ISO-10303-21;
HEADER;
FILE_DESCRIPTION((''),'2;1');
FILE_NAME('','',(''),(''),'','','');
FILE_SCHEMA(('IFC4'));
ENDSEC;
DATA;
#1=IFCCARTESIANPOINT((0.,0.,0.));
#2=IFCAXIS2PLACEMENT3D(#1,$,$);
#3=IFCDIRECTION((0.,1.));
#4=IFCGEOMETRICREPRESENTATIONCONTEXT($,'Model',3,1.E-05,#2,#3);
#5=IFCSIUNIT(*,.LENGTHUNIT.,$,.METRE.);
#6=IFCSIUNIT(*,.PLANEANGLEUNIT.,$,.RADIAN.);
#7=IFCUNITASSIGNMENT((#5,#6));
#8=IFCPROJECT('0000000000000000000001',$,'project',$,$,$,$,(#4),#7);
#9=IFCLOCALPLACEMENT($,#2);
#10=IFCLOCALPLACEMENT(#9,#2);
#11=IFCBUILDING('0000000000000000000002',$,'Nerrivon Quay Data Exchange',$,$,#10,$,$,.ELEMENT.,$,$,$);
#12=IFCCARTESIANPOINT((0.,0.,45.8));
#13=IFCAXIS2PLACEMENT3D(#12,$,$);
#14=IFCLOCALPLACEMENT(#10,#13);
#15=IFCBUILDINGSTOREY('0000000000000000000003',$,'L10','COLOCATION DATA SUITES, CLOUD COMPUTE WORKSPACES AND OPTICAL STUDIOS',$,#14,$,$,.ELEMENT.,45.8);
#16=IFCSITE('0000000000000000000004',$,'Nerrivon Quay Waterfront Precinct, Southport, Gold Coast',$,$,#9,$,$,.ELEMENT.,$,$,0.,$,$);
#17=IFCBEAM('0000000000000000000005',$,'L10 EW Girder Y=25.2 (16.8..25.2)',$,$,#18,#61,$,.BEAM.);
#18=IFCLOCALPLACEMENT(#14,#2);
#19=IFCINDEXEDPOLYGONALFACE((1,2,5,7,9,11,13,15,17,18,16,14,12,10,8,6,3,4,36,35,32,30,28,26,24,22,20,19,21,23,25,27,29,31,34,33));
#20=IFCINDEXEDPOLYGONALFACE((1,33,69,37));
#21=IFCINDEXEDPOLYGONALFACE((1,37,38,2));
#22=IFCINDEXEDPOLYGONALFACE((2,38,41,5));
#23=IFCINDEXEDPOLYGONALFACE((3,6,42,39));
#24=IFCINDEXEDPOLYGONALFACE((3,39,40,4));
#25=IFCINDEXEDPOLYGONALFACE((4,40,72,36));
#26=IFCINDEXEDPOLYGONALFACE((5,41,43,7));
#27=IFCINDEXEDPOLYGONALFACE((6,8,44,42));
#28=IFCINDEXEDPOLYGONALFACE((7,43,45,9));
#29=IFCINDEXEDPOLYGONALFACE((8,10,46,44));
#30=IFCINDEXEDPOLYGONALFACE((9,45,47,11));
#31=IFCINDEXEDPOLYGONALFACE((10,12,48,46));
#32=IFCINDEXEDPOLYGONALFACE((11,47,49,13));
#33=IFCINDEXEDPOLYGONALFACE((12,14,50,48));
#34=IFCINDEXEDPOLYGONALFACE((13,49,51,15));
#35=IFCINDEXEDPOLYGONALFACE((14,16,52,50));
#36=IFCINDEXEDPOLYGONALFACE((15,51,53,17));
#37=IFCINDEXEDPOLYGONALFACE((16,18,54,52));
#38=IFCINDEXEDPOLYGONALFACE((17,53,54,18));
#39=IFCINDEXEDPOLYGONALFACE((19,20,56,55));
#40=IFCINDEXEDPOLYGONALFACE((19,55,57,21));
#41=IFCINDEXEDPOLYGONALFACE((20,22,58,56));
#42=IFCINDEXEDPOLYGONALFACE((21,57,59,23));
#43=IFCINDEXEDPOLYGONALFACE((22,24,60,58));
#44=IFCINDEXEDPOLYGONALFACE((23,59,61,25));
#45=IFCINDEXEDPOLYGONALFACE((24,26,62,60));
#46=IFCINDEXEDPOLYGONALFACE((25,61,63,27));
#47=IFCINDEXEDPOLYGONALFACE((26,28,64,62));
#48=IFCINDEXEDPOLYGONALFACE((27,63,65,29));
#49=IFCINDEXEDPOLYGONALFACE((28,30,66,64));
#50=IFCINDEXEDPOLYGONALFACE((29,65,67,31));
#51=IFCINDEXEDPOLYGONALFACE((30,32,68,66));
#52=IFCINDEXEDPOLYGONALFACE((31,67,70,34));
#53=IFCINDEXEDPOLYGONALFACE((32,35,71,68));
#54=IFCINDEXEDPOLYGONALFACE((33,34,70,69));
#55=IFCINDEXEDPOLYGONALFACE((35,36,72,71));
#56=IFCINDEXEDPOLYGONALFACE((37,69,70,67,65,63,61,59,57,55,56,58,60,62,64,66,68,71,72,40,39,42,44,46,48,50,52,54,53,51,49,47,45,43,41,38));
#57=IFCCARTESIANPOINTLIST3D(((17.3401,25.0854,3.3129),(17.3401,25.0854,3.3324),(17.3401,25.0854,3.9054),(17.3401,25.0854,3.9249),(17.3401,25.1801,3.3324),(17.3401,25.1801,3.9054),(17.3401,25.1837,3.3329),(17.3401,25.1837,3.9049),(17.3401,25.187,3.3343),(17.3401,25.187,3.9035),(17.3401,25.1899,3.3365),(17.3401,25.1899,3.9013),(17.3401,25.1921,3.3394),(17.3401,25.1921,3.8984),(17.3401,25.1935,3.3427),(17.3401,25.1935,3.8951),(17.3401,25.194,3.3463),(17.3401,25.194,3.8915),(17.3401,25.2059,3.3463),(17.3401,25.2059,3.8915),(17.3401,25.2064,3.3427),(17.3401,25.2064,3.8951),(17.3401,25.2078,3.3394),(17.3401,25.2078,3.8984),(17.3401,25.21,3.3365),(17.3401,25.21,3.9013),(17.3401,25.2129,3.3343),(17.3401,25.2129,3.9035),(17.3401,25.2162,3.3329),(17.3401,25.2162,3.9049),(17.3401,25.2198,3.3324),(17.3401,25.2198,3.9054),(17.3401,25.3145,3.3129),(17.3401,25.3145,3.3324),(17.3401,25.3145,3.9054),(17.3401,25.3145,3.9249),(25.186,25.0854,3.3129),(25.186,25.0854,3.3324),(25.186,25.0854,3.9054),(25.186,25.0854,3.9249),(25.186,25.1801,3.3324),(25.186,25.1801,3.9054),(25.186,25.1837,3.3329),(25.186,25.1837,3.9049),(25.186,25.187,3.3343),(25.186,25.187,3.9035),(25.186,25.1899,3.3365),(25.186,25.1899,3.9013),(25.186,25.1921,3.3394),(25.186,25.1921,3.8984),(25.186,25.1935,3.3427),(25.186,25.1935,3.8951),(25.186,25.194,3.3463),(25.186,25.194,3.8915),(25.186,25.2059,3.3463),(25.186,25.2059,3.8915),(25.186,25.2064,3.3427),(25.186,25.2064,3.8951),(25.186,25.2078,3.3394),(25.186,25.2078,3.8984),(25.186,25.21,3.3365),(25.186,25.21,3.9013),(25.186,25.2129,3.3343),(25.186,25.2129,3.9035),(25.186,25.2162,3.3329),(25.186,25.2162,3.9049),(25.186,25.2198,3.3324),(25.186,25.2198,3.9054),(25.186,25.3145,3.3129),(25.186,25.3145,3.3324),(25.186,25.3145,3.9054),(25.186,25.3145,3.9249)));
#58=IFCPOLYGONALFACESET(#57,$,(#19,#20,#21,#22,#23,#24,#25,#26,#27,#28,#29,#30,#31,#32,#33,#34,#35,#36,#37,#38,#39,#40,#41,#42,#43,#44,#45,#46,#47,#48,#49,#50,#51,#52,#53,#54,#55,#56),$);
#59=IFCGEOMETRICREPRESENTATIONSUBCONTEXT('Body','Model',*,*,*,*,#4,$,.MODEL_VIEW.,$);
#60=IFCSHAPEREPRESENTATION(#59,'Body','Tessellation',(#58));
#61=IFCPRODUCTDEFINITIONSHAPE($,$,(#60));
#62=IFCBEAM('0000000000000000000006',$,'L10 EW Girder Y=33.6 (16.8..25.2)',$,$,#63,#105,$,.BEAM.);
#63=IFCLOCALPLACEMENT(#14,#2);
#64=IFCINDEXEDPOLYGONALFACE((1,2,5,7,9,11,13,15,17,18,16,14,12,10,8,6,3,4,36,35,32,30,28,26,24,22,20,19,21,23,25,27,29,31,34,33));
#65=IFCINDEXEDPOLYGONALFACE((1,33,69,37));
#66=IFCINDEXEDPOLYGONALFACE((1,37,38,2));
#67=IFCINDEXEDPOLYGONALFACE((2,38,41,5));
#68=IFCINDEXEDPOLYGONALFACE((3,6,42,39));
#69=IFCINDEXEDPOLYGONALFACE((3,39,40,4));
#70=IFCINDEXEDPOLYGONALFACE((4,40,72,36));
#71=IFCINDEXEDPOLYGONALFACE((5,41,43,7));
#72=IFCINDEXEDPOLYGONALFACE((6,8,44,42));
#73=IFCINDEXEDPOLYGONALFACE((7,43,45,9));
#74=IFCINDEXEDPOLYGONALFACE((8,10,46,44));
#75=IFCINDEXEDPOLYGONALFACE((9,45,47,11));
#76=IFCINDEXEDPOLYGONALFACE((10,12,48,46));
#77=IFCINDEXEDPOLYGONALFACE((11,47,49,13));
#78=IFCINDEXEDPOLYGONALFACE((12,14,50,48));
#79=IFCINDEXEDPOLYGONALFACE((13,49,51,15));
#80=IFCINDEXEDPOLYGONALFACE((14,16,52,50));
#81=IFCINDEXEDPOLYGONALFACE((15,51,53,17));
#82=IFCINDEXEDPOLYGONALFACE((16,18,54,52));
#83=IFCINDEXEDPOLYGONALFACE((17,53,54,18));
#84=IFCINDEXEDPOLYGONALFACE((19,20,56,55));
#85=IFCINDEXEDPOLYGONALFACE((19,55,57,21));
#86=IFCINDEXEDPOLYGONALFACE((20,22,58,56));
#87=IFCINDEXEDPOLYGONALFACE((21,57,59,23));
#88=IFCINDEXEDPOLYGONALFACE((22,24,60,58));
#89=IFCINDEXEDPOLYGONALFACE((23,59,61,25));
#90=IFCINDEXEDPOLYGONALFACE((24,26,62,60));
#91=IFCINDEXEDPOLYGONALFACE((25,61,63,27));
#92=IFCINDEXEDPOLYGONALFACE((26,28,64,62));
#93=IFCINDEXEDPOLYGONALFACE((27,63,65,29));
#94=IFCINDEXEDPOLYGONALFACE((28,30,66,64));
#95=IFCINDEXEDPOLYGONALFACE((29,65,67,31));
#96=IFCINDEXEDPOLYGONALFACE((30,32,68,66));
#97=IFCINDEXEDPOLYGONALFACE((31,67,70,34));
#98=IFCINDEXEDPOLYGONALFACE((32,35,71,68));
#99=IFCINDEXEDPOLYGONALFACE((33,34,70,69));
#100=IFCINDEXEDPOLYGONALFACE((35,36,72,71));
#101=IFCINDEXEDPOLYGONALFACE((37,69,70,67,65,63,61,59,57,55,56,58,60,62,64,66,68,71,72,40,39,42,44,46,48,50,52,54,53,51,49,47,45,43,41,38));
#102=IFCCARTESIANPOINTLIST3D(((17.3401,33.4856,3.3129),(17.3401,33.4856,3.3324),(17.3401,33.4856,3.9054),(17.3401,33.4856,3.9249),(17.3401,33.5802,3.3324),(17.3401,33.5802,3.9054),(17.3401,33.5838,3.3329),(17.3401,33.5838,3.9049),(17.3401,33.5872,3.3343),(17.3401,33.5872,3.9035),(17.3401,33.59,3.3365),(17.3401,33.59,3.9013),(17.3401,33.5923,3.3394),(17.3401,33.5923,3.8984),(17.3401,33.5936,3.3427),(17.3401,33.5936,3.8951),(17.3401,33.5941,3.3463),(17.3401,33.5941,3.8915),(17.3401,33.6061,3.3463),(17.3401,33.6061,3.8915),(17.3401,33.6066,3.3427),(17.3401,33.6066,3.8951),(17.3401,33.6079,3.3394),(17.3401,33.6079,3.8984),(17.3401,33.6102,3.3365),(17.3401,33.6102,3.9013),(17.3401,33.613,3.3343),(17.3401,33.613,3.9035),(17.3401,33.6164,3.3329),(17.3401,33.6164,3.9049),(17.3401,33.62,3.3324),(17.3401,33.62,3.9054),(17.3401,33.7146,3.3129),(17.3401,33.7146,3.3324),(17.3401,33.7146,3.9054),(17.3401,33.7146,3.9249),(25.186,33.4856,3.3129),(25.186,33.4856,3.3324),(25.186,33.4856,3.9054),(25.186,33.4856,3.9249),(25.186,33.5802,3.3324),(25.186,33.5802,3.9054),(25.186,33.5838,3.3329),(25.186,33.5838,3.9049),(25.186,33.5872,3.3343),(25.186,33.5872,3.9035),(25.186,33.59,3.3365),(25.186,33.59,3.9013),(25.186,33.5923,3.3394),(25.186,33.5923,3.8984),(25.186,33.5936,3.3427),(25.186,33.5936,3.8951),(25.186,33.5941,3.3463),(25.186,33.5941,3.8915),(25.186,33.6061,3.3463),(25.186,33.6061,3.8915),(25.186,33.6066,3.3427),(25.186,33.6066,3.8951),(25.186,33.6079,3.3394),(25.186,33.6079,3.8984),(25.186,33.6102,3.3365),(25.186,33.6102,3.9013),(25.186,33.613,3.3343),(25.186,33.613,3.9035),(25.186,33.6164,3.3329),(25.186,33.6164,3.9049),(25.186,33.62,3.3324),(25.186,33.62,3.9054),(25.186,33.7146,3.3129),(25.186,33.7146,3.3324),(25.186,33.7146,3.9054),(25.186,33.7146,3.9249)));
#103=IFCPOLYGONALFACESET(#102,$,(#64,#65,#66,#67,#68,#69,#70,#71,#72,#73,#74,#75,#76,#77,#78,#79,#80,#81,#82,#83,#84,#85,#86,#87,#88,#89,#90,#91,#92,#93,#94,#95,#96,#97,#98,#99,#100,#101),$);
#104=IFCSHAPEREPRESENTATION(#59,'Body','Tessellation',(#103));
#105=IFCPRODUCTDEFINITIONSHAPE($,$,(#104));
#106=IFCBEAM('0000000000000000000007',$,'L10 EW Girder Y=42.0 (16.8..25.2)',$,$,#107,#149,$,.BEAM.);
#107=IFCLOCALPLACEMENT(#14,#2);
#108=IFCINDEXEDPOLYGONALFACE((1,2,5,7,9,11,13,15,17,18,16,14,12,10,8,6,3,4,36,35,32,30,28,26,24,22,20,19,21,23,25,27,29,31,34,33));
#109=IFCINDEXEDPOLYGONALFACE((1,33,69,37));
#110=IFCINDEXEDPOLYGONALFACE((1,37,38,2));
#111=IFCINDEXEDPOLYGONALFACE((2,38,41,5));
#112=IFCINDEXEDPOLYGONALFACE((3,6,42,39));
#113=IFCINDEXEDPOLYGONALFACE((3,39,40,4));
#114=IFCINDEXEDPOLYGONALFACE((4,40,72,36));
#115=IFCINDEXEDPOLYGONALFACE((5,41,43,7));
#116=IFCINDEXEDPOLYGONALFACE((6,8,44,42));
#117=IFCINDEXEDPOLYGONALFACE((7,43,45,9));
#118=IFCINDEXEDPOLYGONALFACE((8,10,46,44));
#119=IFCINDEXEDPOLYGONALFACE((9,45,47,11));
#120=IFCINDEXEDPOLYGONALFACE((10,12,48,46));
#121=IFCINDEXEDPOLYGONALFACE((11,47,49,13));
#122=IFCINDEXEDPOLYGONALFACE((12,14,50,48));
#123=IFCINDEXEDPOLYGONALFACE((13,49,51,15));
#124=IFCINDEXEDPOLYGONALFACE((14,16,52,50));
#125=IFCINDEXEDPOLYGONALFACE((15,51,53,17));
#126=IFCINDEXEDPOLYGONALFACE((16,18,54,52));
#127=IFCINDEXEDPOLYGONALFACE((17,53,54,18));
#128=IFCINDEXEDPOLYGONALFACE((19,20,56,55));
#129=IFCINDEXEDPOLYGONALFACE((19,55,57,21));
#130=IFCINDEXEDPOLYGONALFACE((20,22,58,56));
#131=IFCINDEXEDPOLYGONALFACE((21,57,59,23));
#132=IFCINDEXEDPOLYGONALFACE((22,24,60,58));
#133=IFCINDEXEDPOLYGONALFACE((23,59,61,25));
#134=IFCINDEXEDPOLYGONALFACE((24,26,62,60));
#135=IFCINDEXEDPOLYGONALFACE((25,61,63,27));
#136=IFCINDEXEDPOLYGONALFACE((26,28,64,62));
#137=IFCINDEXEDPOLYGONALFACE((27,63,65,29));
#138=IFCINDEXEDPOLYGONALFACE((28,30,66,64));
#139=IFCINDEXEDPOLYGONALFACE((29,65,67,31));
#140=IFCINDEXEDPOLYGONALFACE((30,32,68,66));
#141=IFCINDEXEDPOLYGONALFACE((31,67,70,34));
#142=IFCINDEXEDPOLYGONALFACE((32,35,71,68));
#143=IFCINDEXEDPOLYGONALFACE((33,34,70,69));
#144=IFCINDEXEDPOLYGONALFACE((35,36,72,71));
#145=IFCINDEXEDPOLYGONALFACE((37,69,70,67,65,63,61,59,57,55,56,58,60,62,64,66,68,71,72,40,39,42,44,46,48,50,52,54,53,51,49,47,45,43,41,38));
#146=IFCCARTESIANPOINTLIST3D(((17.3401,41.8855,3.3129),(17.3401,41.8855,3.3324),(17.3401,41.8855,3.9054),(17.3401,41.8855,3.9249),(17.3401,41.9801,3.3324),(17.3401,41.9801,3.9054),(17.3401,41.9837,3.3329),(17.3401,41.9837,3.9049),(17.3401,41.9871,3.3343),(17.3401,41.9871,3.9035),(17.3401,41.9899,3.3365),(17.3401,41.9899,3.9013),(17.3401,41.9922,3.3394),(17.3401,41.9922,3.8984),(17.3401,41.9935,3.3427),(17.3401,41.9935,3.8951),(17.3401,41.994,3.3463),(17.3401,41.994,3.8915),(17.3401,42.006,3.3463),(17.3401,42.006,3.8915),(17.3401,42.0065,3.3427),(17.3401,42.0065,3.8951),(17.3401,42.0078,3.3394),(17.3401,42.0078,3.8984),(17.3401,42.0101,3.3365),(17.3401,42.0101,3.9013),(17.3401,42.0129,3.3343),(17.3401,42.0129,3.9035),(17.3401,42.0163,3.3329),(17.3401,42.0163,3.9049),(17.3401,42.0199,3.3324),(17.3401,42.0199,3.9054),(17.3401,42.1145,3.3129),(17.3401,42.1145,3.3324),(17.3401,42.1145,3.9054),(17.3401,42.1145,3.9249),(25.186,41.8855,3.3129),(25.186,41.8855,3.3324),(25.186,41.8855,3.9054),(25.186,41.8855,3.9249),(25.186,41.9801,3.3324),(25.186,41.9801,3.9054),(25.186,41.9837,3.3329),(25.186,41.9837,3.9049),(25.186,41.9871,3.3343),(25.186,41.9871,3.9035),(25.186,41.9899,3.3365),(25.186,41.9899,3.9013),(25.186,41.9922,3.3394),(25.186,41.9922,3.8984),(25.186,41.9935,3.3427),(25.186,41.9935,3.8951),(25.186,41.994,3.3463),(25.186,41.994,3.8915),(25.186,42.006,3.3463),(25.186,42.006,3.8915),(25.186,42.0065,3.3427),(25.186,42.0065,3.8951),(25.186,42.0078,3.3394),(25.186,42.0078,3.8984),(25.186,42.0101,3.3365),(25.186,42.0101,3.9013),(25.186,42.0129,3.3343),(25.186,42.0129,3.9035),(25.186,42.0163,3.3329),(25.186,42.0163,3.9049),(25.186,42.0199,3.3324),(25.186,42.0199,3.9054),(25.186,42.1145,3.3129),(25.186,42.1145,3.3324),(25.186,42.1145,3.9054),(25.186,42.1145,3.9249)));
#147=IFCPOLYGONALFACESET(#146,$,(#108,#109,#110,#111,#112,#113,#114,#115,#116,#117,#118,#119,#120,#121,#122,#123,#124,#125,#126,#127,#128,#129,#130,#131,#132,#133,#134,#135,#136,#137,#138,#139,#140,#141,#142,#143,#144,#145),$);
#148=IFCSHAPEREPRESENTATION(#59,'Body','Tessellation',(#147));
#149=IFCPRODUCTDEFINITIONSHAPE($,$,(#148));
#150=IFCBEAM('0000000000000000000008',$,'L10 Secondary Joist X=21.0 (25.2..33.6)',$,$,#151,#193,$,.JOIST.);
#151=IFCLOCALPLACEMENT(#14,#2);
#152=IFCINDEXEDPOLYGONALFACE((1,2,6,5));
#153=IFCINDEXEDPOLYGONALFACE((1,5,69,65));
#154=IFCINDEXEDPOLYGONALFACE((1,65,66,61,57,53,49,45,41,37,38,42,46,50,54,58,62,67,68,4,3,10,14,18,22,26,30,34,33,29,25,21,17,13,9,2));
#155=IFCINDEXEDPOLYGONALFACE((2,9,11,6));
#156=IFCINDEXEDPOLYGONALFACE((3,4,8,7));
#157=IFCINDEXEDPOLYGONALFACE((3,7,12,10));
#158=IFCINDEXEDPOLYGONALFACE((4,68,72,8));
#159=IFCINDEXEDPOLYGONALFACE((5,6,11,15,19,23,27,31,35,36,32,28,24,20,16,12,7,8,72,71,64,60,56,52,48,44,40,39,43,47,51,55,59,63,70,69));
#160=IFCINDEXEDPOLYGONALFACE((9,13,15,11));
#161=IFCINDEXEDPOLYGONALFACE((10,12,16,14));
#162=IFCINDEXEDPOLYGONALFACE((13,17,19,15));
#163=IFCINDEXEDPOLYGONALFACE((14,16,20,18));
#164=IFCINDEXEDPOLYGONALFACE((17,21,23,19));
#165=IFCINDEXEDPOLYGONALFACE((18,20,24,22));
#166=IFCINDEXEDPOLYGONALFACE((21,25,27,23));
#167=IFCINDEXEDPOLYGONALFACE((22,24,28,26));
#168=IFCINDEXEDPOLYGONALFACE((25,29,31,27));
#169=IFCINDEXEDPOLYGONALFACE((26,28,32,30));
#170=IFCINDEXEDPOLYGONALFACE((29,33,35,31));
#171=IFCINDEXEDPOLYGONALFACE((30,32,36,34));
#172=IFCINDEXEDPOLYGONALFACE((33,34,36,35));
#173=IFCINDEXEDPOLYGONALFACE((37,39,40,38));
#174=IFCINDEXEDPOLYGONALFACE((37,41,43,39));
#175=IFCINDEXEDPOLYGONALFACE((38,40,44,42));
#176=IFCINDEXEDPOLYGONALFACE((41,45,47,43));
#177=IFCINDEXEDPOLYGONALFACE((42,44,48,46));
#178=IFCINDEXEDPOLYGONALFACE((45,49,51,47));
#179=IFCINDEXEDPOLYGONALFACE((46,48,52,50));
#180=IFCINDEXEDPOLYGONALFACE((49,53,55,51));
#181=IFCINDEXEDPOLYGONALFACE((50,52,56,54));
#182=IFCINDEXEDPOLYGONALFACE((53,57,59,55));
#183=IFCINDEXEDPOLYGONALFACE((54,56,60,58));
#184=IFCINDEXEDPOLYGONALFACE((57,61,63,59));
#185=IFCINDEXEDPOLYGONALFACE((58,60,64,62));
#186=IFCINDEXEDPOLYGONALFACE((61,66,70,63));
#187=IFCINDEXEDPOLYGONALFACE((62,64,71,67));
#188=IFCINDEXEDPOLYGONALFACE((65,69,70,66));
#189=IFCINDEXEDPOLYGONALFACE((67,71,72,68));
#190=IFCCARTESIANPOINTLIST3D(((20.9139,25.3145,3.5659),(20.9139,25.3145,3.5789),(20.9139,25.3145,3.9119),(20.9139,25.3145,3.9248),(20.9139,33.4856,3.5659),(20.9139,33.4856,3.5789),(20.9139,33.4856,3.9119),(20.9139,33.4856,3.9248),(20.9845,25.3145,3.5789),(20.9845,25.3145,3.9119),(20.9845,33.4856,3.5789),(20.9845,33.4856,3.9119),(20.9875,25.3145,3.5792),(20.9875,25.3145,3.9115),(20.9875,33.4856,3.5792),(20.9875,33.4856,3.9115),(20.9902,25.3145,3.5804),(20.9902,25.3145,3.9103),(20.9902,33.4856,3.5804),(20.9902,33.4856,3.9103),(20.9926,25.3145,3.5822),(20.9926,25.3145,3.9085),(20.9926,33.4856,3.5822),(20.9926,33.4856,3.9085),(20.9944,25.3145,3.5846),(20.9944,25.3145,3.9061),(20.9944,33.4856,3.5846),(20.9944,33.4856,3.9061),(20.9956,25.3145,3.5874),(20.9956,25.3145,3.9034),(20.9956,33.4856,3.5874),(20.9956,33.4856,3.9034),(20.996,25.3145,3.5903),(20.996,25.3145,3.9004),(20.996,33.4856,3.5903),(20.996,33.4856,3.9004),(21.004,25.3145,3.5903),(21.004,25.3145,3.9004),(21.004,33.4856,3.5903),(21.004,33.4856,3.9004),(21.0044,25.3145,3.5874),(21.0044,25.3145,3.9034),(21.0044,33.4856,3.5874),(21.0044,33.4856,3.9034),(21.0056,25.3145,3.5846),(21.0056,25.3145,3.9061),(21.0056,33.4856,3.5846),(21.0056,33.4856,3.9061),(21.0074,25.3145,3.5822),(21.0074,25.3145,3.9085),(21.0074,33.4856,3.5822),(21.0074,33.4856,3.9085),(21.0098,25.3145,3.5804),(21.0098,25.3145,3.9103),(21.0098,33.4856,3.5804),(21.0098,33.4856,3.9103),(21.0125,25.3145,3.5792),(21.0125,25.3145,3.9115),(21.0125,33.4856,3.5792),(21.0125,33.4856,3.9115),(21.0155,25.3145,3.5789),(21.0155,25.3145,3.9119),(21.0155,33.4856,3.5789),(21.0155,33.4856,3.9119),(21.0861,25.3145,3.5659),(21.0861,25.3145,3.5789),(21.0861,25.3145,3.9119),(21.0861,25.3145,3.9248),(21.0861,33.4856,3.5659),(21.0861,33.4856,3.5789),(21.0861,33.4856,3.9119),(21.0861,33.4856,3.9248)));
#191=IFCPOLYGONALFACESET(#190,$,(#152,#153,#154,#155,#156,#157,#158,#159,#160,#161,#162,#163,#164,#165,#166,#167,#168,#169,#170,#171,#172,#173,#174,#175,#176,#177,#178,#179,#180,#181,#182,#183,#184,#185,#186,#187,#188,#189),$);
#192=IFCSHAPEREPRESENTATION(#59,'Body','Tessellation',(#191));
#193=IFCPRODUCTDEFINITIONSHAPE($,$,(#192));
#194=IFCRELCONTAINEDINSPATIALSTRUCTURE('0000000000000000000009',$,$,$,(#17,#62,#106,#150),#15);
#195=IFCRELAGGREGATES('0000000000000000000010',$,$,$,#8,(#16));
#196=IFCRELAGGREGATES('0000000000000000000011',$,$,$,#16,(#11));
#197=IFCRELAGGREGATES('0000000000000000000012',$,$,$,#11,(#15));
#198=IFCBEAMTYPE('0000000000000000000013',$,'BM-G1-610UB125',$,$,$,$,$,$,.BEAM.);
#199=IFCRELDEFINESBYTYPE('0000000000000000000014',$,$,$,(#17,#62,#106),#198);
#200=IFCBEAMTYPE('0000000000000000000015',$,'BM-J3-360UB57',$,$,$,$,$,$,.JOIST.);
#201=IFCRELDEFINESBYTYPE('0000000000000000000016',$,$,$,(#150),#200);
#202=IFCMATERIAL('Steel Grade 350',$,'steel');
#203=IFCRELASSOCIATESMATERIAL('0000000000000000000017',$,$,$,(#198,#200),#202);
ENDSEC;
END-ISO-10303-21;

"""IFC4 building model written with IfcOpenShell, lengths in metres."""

from ifc_helpers import new_model, si_unit, direction, frame, origin, origin_2d, place, context, subcontext, project, spatial, i_section, extrude, material, material_profile, profile_set, type_object, element, save


model = new_model("IFC4")

# Units and contexts
model_context = context("Model", 3, precision=1e-05, world=origin(), true_north=direction((0.0, 1.0)))
body_context = subcontext(model_context, "Body", "Model", "MODEL_VIEW")
ifc_project = project(units=[si_unit("LENGTHUNIT", "METRE"), si_unit("PLANEANGLEUNIT", "RADIAN")], contexts=[model_context])

# Site, building, storey
site_placement = place(None, origin())
site = spatial("IfcSite", under=ifc_project, at=site_placement, Name="Nerrivon Quay Waterfront Precinct, Southport, Gold Coast", CompositionType="ELEMENT", RefElevation=0.0)
building_placement = place(site_placement, origin())
building = spatial("IfcBuilding", under=site, at=building_placement, Name="Nerrivon Quay Data Exchange", CompositionType="ELEMENT")
storey_placement = place(building_placement, frame((0.0, 0.0, 45.8)))
storey = spatial("IfcBuildingStorey", under=building, at=storey_placement, Name="L10", Description="COLOCATION DATA SUITES, CLOUD COMPUTE WORKSPACES AND OPTICAL STUDIOS", CompositionType="ELEMENT", Elevation=45.8)

# Beams
ifc_material_1 = material(Name="Steel Grade 350", Category="steel")
ifc_material_profile_1 = material_profile(ifc_material_1, i_section(OverallWidth=0.229, OverallDepth=0.6121, WebThickness=0.012, FlangeThickness=0.0195, FilletRadius=0.0139, at=origin_2d()), Name="610UB125")
ifc_profile_set_1 = profile_set([ifc_material_profile_1], Name="Steel Grade 350")
beam_type_1 = type_object("IfcBeamType", Name="BM-G1-610UB125", PredefinedType="BEAM", material=ifc_profile_set_1)
for number, where, z_axis, x_axis, name in (
    (1, (17.3401, 25.2, 3.6189), (1.0, 0.0, 0.0), (0.0, 1.0, 0.0), "L10 EW Girder Y=25.2 (16.8..25.2)"),
    (2, (17.3401, 33.6001, 3.6189), (1.0, 0.0, 0.0), (0.0, 1.0, 0.0), "L10 EW Girder Y=33.6 (16.8..25.2)"),
    (3, (17.3401, 42.0, 3.6189), (1.0, 0.0, 0.0), (0.0, 1.0, 0.0), "L10 EW Girder Y=42.0 (16.8..25.2)"),
):
    element("IfcBeam", number, at=place(storey_placement, frame(where, z_axis=z_axis, x_axis=x_axis)), inside=storey, type_object=beam_type_1, Name=name, PredefinedType="BEAM", context=body_context, shape_type="SweptSolid", body=[
        extrude(i_section(OverallWidth=0.229, OverallDepth=0.6121, WebThickness=0.012, FlangeThickness=0.0195, FilletRadius=0.0139, at=origin_2d()), origin(), (0.0, 0.0, 1.0), 7.8459),
    ])
ifc_material_profile_2 = material_profile(ifc_material_1, i_section(OverallWidth=0.1721, OverallDepth=0.3589, WebThickness=0.0081, FlangeThickness=0.0129, FilletRadius=0.0115, at=origin_2d()), Name="360UB56.7")
ifc_profile_set_2 = profile_set([ifc_material_profile_2], Name="Steel Grade 350")
beam_type_2 = type_object("IfcBeamType", Name="BM-J3-360UB57", PredefinedType="JOIST", material=ifc_profile_set_2)
beam_1_placement = place(storey_placement, frame((21.0, 25.3145, 3.7454), z_axis=(0.0, 1.0, 0.0), x_axis=(-1.0, 0.0, 0.0)))
element("IfcBeam", 4, at=beam_1_placement, inside=storey, type_object=beam_type_2, Name="L10 Secondary Joist X=21.0 (25.2..33.6)", PredefinedType="JOIST", context=body_context, shape_type="SweptSolid", body=[
    extrude(i_section(OverallWidth=0.1721, OverallDepth=0.3589, WebThickness=0.0081, FlangeThickness=0.0129, FilletRadius=0.0115, at=origin_2d()), origin(), (0.0, 0.0, 1.0), 8.1711),
])

save(model, "model.ifc")
